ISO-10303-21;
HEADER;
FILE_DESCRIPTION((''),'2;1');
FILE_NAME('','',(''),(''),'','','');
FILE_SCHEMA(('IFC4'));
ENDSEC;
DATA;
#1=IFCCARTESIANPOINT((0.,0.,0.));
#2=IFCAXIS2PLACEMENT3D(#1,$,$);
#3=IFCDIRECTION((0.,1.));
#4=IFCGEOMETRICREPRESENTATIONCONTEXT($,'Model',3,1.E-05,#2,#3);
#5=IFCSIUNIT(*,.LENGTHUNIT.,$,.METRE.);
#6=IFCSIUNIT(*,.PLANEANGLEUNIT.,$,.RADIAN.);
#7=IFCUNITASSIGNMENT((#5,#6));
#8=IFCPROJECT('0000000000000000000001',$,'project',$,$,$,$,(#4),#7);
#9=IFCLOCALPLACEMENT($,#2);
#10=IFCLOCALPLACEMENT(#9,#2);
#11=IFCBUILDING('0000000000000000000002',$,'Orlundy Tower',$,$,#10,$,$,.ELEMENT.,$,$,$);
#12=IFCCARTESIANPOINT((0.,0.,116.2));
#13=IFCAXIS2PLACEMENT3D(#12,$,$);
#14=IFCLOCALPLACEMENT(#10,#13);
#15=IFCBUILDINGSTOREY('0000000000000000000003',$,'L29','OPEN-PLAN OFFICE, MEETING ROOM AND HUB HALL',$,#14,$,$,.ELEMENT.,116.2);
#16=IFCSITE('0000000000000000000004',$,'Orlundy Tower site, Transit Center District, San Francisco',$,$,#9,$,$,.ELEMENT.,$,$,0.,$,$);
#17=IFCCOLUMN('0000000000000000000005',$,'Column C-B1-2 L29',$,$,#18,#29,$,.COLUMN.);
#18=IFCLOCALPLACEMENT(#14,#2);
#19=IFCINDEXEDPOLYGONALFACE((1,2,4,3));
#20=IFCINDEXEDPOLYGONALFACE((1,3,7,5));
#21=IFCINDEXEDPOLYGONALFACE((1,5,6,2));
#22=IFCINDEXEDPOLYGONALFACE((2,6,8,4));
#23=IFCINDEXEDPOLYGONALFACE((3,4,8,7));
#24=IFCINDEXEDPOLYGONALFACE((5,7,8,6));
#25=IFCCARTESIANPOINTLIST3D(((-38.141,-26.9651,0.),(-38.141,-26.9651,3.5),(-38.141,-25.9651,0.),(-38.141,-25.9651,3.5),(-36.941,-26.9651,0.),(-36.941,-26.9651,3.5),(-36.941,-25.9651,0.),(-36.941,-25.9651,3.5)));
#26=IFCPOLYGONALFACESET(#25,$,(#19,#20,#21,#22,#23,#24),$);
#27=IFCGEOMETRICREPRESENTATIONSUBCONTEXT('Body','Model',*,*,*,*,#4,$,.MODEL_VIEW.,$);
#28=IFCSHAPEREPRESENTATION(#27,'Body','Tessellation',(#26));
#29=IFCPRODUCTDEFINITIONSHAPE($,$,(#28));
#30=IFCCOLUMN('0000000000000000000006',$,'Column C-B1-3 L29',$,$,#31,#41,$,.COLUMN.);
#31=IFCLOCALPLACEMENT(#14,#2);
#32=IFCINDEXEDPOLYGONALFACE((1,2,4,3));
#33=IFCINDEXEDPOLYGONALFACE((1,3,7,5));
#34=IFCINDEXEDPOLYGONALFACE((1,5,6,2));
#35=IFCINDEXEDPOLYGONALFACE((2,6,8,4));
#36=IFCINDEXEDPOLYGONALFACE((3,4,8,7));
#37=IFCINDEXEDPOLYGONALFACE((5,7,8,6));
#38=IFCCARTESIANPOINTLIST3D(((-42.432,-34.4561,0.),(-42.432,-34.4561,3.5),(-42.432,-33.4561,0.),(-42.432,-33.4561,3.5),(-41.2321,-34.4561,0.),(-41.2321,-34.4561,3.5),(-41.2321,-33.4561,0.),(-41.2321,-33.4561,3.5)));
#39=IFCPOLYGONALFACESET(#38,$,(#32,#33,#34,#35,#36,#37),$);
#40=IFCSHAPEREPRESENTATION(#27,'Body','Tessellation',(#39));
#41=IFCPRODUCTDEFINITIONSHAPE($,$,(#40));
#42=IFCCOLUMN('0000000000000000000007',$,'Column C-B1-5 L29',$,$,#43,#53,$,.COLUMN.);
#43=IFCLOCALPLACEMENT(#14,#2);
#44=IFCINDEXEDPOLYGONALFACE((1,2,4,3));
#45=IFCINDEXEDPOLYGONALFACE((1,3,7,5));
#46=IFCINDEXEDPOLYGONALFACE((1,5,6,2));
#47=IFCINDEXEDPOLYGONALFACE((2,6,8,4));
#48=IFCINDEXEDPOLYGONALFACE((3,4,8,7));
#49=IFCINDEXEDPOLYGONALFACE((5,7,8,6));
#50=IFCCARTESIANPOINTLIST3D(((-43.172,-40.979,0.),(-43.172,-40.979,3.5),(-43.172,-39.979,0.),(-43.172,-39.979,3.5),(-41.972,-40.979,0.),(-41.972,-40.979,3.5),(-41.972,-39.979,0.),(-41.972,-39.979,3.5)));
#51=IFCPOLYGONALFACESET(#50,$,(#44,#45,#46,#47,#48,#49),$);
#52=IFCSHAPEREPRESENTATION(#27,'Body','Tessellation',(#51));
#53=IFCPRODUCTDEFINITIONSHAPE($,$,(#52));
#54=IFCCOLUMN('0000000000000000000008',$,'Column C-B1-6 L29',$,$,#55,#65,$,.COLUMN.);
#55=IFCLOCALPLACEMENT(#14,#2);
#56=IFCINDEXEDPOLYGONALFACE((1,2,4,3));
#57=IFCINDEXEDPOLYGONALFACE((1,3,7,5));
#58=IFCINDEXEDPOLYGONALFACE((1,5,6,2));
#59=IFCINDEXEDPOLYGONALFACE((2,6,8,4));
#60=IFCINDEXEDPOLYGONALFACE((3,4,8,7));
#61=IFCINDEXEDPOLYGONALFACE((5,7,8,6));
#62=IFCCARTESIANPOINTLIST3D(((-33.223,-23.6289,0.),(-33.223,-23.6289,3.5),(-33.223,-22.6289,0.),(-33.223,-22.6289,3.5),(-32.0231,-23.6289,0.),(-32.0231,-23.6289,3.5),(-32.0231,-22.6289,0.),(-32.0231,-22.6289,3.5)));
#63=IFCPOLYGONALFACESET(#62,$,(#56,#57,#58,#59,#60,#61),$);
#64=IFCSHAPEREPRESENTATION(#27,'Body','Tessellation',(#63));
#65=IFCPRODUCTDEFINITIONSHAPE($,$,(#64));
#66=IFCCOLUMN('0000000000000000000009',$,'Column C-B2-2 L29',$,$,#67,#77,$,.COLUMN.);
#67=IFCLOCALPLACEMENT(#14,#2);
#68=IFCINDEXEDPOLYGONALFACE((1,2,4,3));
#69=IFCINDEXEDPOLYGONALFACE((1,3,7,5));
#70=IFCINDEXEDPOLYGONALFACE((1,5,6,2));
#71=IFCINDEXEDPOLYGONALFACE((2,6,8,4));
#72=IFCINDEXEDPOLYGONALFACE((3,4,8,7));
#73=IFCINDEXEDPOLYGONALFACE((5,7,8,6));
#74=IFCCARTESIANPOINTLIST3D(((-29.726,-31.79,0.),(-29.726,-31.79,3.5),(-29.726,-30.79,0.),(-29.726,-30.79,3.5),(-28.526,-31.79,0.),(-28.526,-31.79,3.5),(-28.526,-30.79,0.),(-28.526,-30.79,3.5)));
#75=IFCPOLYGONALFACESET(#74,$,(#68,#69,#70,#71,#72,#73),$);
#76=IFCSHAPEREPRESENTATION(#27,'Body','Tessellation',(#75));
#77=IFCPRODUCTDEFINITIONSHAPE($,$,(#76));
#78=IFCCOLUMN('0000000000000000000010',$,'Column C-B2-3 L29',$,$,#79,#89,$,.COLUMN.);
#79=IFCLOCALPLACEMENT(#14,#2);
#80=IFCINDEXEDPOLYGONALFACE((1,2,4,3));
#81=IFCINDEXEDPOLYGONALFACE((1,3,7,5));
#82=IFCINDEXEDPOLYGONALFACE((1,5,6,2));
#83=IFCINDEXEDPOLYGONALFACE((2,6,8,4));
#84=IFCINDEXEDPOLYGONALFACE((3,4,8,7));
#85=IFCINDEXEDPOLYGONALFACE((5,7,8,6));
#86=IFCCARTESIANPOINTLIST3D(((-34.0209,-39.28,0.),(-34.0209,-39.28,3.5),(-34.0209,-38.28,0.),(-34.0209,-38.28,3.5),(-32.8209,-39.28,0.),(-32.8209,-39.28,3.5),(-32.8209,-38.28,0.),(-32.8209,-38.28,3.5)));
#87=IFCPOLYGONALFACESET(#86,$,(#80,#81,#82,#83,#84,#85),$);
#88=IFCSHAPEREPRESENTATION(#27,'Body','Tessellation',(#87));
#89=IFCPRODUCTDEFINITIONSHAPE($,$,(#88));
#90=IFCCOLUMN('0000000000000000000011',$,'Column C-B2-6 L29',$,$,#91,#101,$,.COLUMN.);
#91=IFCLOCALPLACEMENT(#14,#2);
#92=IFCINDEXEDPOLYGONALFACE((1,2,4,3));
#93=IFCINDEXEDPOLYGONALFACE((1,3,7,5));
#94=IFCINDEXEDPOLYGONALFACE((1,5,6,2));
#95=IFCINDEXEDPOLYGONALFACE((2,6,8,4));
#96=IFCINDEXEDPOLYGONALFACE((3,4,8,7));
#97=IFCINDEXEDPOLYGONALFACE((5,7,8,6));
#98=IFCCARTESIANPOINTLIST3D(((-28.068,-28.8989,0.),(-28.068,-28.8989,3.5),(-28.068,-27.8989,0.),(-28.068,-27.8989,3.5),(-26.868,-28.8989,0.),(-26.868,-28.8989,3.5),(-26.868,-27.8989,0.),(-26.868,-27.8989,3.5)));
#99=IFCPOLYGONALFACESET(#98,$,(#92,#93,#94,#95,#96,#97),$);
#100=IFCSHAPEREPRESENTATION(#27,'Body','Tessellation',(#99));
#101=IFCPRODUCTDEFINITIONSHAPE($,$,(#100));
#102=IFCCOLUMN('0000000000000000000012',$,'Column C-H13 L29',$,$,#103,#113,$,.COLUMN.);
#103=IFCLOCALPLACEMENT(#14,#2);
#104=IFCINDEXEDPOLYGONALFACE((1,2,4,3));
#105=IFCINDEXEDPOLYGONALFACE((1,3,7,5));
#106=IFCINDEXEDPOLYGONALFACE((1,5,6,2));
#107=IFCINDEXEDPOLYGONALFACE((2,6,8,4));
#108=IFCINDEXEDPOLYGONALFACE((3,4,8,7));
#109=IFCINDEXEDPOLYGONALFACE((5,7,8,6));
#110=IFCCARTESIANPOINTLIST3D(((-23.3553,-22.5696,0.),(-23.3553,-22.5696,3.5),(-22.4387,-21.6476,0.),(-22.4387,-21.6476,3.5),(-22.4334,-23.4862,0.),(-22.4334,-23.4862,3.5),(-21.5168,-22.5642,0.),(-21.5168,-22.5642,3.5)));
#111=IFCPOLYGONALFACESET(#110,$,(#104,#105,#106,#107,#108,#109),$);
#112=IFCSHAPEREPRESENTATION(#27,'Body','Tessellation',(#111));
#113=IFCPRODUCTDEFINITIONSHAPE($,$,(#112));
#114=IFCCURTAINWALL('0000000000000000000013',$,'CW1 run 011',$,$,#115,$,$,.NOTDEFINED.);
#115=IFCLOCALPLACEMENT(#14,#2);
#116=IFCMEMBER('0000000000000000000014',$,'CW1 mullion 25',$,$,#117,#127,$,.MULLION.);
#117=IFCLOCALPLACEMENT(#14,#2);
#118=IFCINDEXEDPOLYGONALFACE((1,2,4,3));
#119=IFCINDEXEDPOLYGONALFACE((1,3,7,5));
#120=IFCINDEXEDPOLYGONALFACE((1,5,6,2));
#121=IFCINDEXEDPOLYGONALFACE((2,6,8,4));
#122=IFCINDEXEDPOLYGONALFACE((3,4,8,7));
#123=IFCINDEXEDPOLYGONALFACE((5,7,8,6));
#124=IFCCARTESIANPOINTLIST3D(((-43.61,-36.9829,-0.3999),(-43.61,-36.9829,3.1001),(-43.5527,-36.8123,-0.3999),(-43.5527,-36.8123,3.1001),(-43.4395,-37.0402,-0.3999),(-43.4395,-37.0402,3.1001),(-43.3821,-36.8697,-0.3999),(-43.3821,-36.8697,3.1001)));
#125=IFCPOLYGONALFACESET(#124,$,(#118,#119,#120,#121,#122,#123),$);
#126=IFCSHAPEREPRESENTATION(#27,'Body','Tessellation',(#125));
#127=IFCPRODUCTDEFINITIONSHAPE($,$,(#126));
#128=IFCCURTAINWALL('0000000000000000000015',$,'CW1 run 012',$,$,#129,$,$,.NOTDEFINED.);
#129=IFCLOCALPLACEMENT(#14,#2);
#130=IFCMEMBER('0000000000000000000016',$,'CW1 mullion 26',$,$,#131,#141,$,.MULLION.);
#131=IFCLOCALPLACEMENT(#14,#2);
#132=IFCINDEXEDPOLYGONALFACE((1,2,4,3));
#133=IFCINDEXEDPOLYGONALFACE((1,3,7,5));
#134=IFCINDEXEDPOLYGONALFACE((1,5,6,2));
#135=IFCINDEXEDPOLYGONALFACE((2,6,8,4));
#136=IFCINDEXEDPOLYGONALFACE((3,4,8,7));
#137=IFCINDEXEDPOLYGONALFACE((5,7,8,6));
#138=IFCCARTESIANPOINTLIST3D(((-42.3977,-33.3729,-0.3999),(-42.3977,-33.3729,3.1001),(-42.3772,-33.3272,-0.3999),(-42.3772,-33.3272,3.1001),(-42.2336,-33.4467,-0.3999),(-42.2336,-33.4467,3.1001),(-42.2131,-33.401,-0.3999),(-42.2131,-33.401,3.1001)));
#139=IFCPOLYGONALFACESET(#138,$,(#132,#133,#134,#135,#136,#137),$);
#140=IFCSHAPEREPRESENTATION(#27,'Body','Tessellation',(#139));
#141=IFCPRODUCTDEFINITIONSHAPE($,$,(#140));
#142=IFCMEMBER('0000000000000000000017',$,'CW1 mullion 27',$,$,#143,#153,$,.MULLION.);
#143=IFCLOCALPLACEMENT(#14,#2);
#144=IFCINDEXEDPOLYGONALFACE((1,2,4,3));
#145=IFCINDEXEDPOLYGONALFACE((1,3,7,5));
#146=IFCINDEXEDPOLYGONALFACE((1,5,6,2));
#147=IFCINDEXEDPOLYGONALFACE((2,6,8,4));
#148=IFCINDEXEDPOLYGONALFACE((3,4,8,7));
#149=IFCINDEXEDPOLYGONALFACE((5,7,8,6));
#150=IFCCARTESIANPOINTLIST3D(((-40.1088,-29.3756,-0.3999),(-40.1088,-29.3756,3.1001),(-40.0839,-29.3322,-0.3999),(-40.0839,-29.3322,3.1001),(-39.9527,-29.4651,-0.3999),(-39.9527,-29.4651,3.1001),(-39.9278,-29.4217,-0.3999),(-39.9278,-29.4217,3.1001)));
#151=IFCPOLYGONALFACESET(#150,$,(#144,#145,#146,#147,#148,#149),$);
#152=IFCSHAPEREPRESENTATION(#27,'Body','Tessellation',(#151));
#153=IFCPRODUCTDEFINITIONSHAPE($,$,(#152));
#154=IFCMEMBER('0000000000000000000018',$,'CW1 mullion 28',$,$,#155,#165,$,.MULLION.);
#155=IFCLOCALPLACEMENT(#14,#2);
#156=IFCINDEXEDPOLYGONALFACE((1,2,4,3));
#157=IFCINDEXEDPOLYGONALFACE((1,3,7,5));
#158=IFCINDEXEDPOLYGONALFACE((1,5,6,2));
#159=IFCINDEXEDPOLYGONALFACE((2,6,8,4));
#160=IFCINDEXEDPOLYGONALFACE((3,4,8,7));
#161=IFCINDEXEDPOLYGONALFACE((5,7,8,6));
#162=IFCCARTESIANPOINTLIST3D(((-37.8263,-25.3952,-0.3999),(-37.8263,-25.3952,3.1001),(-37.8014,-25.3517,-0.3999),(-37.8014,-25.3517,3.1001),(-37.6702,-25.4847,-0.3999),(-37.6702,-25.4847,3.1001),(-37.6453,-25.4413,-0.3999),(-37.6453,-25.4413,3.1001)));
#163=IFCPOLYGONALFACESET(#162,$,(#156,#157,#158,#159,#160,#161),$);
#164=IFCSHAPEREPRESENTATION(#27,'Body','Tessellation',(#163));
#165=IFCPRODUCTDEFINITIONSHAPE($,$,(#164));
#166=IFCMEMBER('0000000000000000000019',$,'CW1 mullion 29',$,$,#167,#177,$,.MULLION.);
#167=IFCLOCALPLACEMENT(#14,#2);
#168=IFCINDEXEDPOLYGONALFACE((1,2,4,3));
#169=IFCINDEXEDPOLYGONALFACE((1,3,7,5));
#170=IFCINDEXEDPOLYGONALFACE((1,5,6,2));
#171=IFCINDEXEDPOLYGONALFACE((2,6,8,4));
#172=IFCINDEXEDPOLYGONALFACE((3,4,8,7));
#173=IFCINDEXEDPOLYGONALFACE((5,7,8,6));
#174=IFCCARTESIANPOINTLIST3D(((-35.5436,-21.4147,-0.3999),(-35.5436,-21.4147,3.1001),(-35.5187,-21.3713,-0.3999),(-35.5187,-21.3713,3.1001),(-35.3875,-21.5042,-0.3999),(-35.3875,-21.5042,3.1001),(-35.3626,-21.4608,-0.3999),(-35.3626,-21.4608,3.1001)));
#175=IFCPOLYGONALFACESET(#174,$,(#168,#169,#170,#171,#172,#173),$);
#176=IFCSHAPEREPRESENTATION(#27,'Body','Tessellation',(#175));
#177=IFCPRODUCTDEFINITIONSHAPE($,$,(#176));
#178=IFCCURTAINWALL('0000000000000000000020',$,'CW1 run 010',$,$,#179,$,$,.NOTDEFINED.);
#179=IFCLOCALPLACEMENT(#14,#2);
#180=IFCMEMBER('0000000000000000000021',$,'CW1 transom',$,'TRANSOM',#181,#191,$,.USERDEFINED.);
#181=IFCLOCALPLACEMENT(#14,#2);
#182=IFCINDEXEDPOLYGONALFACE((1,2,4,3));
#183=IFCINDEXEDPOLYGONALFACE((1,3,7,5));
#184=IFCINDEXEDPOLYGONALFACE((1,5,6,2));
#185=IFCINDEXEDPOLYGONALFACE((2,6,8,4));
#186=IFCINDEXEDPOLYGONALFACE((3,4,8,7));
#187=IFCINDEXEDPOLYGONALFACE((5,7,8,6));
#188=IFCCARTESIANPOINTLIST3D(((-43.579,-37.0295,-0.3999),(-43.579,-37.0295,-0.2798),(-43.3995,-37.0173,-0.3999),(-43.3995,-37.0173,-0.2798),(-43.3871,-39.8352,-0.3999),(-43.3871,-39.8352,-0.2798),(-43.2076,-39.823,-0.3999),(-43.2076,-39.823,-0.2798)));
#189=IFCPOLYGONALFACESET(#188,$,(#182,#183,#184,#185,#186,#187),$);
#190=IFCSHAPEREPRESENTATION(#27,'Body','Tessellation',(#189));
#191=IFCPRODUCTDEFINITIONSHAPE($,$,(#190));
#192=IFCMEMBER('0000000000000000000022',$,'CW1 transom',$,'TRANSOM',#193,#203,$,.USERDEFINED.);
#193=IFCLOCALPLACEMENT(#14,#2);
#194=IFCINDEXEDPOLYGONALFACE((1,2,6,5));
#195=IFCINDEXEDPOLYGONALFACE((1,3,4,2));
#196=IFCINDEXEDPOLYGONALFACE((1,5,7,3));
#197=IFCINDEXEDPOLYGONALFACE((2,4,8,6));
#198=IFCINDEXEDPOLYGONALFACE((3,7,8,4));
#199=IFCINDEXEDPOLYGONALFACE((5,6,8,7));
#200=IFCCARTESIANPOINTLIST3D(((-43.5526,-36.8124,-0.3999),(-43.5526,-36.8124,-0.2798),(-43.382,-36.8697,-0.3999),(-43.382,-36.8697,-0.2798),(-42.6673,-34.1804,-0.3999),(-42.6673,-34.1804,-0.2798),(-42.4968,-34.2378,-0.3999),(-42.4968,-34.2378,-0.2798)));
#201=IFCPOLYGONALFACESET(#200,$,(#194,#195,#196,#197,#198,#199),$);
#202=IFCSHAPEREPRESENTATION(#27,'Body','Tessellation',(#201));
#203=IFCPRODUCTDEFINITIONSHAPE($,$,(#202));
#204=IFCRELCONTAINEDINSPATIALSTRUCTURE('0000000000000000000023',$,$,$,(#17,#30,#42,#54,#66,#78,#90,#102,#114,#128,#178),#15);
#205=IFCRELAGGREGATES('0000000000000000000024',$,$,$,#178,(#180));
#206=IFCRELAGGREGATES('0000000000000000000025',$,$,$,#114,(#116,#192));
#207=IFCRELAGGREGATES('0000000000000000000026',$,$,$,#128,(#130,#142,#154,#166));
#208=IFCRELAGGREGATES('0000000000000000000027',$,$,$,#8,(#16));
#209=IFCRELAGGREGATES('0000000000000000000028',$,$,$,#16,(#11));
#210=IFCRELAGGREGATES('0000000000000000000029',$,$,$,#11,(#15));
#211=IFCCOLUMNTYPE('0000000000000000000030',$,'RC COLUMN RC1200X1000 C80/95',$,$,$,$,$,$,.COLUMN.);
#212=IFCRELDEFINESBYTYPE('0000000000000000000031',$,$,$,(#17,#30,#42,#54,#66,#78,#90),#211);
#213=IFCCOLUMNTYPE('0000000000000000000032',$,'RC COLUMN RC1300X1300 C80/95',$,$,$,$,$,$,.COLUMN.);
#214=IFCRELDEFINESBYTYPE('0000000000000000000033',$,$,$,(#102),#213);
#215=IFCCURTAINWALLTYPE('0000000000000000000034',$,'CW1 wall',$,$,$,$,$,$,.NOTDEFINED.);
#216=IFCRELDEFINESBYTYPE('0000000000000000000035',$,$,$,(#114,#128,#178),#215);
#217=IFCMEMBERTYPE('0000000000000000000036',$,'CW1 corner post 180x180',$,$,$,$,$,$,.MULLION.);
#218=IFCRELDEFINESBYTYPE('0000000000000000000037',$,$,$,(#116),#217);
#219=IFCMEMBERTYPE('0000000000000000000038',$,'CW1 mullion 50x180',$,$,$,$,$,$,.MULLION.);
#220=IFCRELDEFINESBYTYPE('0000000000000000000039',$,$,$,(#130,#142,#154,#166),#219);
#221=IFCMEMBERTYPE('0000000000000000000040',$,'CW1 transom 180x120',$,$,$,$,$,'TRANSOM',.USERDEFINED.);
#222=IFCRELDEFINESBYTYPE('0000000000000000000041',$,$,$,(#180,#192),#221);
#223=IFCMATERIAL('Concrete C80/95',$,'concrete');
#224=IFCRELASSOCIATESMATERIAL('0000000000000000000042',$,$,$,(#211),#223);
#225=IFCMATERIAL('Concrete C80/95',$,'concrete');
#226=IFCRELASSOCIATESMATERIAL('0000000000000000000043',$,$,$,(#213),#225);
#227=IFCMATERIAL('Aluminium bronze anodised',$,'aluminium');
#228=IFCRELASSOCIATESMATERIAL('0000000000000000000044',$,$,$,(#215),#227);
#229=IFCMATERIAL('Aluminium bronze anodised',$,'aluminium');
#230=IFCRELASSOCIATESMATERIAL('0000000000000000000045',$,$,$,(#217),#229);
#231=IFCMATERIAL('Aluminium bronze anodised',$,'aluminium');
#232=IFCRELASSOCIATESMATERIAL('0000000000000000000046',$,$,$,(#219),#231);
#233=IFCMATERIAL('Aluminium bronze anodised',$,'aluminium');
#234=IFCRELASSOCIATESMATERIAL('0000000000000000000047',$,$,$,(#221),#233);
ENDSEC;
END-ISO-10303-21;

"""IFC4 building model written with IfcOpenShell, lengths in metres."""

from ifc_helpers import new_model, si_unit, direction, frame, origin, origin_2d, place, context, subcontext, project, spatial, rectangle, extrude, material, material_profile, profile_set, type_object, element, aggregate, save


model = new_model("IFC4")

# Units and contexts
model_context = context("Model", 3, precision=1e-05, world=origin(), true_north=direction((0.0, 1.0)))
body_context = subcontext(model_context, "Body", "Model", "MODEL_VIEW")
ifc_project = project(units=[si_unit("LENGTHUNIT", "METRE"), si_unit("PLANEANGLEUNIT", "RADIAN")], contexts=[model_context])

# Site, building, storey
site_placement = place(None, origin())
site = spatial("IfcSite", under=ifc_project, at=site_placement, Name="Orlundy Tower site, Transit Center District, San Francisco", CompositionType="ELEMENT", RefElevation=0.0)
building_placement = place(site_placement, origin())
building = spatial("IfcBuilding", under=site, at=building_placement, Name="Orlundy Tower", CompositionType="ELEMENT")
storey_placement = place(building_placement, frame((0.0, 0.0, 116.2)))
storey = spatial("IfcBuildingStorey", under=building, at=storey_placement, Name="L29", Description="OPEN-PLAN OFFICE, MEETING ROOM AND HUB HALL", CompositionType="ELEMENT", Elevation=116.2)

# Columns
ifc_material_1 = material(Name="Concrete C80/95", Category="concrete")
ifc_material_profile_1 = material_profile(ifc_material_1, rectangle(XDim=1.2, YDim=1.0, at=origin_2d()), Name="RC1200X1000")
ifc_profile_set_1 = profile_set([ifc_material_profile_1], Name="Concrete C80/95")
column_type_1 = type_object("IfcColumnType", Name="RC COLUMN RC1200X1000 C80/95", PredefinedType="COLUMN", material=ifc_profile_set_1)
for number, where, z_axis, x_axis, name in (
    (1, (-37.541, -26.4651, 0.0), (0.0, 0.0, 1.0), (1.0, 0.0, 0.0), "Column C-B1-2 L29"),
    (2, (-41.832, -33.9561, 0.0), (0.0, 0.0, 1.0), (1.0, 0.0, 0.0), "Column C-B1-3 L29"),
    (3, (-42.572, -40.479, 0.0), (0.0, 0.0, 1.0), (1.0, 0.0, 0.0), "Column C-B1-5 L29"),
    (4, (-32.623, -23.1289, 0.0), (0.0, 0.0, 1.0), (1.0, 0.0, 0.0), "Column C-B1-6 L29"),
    (5, (-29.126, -31.29, 0.0), (0.0, 0.0, 1.0), (1.0, 0.0, 0.0), "Column C-B2-2 L29"),
    (6, (-33.4209, -38.78, 0.0), (0.0, 0.0, 1.0), (1.0, 0.0, 0.0), "Column C-B2-3 L29"),
    (7, (-27.468, -28.3989, 0.0), (0.0, 0.0, 1.0), (1.0, 0.0, 0.0), "Column C-B2-6 L29"),
):
    element("IfcColumn", number, at=place(storey_placement, frame(where, z_axis=z_axis, x_axis=x_axis)), inside=storey, type_object=column_type_1, Name=name, PredefinedType="COLUMN", context=body_context, shape_type="SweptSolid", body=[
        extrude(rectangle(XDim=1.2, YDim=1.0, at=origin_2d()), origin(), (0.0, 0.0, 1.0), 3.5),
    ])
ifc_material_2 = material(Name="Concrete C80/95", Category="concrete")
ifc_material_profile_2 = material_profile(ifc_material_2, rectangle(XDim=1.3, YDim=1.3, at=origin_2d()), Name="RC1300X1300")
ifc_profile_set_2 = profile_set([ifc_material_profile_2], Name="Concrete C80/95")
column_type_2 = type_object("IfcColumnType", Name="RC COLUMN RC1300X1300 C80/95", PredefinedType="COLUMN", material=ifc_profile_set_2)
column_placement = place(storey_placement, frame((-22.436, -22.5669, 0.0), z_axis=(0.0, 0.0, 1.0), x_axis=(-0.705043, -0.709165, 0.0)))
element("IfcColumn", 8, at=column_placement, inside=storey, type_object=column_type_2, Name="Column C-H13 L29", PredefinedType="COLUMN", context=body_context, shape_type="SweptSolid", body=[
    extrude(rectangle(XDim=1.3, YDim=1.3, at=origin_2d()), origin(), (0.0, 0.0, 1.0), 3.5),
])

# Curtain wall, member
ifc_material_3 = material(Name="Aluminium bronze anodised", Category="aluminium")
curtain_wall_type = type_object("IfcCurtainWallType", Name="CW1 wall", PredefinedType="NOTDEFINED", material=ifc_material_3)
curtain_wall_1_placement = place(storey_placement, origin())
curtain_wall_1 = element("IfcCurtainWall", 9, at=curtain_wall_1_placement, inside=storey, type_object=curtain_wall_type, Name="CW1 run 011", PredefinedType="NOTDEFINED")
ifc_material_4 = material(Name="Aluminium bronze anodised", Category="aluminium")
ifc_material_profile_3 = material_profile(ifc_material_4, rectangle(XDim=0.1799, YDim=0.1799, at=origin_2d()), Name="CW1 corner post 180x180")
ifc_profile_set_3 = profile_set([ifc_material_profile_3], Name="Aluminium bronze anodised")
member_type_1 = type_object("IfcMemberType", Name="CW1 corner post 180x180", PredefinedType="MULLION", material=ifc_profile_set_3)
member_1_placement = place(storey_placement, frame((-43.4961, -36.9263, -0.3999), z_axis=(0.0, 0.0, 1.0), x_axis=(-0.947817, 0.318816, 0.0)))
member_1 = element("IfcMember", 10, at=member_1_placement, type_object=member_type_1, Name="CW1 mullion 25", PredefinedType="MULLION", context=body_context, shape_type="SweptSolid", body=[
    extrude(rectangle(XDim=0.1799, YDim=0.1799, at=origin_2d()), origin(), (0.0, 0.0, 1.0), 3.5),
])

# Curtain wall, members
curtain_wall_2_placement = place(storey_placement, origin())
curtain_wall_2 = element("IfcCurtainWall", 11, at=curtain_wall_2_placement, inside=storey, type_object=curtain_wall_type, Name="CW1 run 012", PredefinedType="NOTDEFINED")
ifc_material_5 = material(Name="Aluminium bronze anodised", Category="aluminium")
ifc_material_profile_4 = material_profile(ifc_material_5, rectangle(XDim=0.1799, YDim=0.05, at=origin_2d()), Name="CW1 mullion 50x180")
ifc_profile_set_4 = profile_set([ifc_material_profile_4], Name="Aluminium bronze anodised")
member_type_2 = type_object("IfcMemberType", Name="CW1 mullion 50x180", PredefinedType="MULLION", material=ifc_profile_set_4)
member_2_placement = place(storey_placement, frame((-42.3054, -33.387, -0.3999), z_axis=(0.0, 0.0, 1.0), x_axis=(-0.912034, 0.410114, 0.0)))
member_2 = element("IfcMember", 12, at=member_2_placement, type_object=member_type_2, Name="CW1 mullion 26", PredefinedType="MULLION", context=body_context, shape_type="SweptSolid", body=[
    extrude(rectangle(XDim=0.1799, YDim=0.05, at=origin_2d()), origin(), (0.0, 0.0, 1.0), 3.5),
])
member_3_placement = place(storey_placement, frame((-40.0183, -29.3987, -0.3999), z_axis=(0.0, 0.0, 1.0), x_axis=(-0.867482, 0.497468, 0.0)))
member_3 = element("IfcMember", 13, at=member_3_placement, type_object=member_type_2, Name="CW1 mullion 27", PredefinedType="MULLION", context=body_context, shape_type="SweptSolid", body=[
    extrude(rectangle(XDim=0.1799, YDim=0.05, at=origin_2d()), origin(), (0.0, 0.0, 1.0), 3.5),
])
member_4_placement = place(storey_placement, frame((-37.7358, -25.4182, -0.3999), z_axis=(0.0, 0.0, 1.0), x_axis=(-0.867482, 0.497468, 0.0)))
member_4 = element("IfcMember", 14, at=member_4_placement, type_object=member_type_2, Name="CW1 mullion 28", PredefinedType="MULLION", context=body_context, shape_type="SweptSolid", body=[
    extrude(rectangle(XDim=0.1799, YDim=0.05, at=origin_2d()), origin(), (0.0, 0.0, 1.0), 3.5),
])
member_5_placement = place(storey_placement, frame((-35.4531, -21.4377, -0.3999), z_axis=(0.0, 0.0, 1.0), x_axis=(-0.867482, 0.497468, 0.0)))
member_5 = element("IfcMember", 15, at=member_5_placement, type_object=member_type_2, Name="CW1 mullion 29", PredefinedType="MULLION", context=body_context, shape_type="SweptSolid", body=[
    extrude(rectangle(XDim=0.1799, YDim=0.05, at=origin_2d()), origin(), (0.0, 0.0, 1.0), 3.5),
])

# Curtain wall, member
curtain_wall_3_placement = place(storey_placement, origin())
curtain_wall_3 = element("IfcCurtainWall", 16, at=curtain_wall_3_placement, inside=storey, type_object=curtain_wall_type, Name="CW1 run 010", PredefinedType="NOTDEFINED")
ifc_material_6 = material(Name="Aluminium bronze anodised", Category="aluminium")
ifc_material_profile_5 = material_profile(ifc_material_6, rectangle(XDim=0.1799, YDim=0.1201, at=origin_2d()), Name="CW1 transom 180x120")
ifc_profile_set_5 = profile_set([ifc_material_profile_5], Name="Aluminium bronze anodised")
member_type_3 = type_object("IfcMemberType", Name="CW1 transom 180x120", ElementType="TRANSOM", PredefinedType="USERDEFINED", material=ifc_profile_set_5)
member_6_placement = place(storey_placement, frame((-43.2974, -39.8291, -0.3398), z_axis=(-0.068236, 0.997669, 0.0), x_axis=(-0.997669, -0.068236, 0.0)))
member_6 = element("IfcMember", 17, at=member_6_placement, type_object=member_type_3, Name="CW1 transom", ObjectType="TRANSOM", PredefinedType="USERDEFINED", context=body_context, shape_type="SweptSolid", body=[
    extrude(rectangle(XDim=0.1799, YDim=0.1201, at=origin_2d()), origin(), (0.0, 0.0, 1.0), 2.8123),
])

# Member
member_7_placement = place(storey_placement, frame((-43.4673, -36.8411, -0.3398), z_axis=(0.318785, 0.947827, 0.0), x_axis=(-0.947827, 0.318785, 0.0)))
member_7 = element("IfcMember", 18, at=member_7_placement, type_object=member_type_3, Name="CW1 transom", ObjectType="TRANSOM", PredefinedType="USERDEFINED", context=body_context, shape_type="SweptSolid", body=[
    extrude(rectangle(XDim=0.1799, YDim=0.1201, at=origin_2d()), origin(), (0.0, 0.0, 1.0), 2.7769),
])

aggregate(curtain_wall_3, [member_6])
aggregate(curtain_wall_1, [member_1, member_7])
aggregate(curtain_wall_2, [member_2, member_3, member_4, member_5])

save(model, "model.ifc")
